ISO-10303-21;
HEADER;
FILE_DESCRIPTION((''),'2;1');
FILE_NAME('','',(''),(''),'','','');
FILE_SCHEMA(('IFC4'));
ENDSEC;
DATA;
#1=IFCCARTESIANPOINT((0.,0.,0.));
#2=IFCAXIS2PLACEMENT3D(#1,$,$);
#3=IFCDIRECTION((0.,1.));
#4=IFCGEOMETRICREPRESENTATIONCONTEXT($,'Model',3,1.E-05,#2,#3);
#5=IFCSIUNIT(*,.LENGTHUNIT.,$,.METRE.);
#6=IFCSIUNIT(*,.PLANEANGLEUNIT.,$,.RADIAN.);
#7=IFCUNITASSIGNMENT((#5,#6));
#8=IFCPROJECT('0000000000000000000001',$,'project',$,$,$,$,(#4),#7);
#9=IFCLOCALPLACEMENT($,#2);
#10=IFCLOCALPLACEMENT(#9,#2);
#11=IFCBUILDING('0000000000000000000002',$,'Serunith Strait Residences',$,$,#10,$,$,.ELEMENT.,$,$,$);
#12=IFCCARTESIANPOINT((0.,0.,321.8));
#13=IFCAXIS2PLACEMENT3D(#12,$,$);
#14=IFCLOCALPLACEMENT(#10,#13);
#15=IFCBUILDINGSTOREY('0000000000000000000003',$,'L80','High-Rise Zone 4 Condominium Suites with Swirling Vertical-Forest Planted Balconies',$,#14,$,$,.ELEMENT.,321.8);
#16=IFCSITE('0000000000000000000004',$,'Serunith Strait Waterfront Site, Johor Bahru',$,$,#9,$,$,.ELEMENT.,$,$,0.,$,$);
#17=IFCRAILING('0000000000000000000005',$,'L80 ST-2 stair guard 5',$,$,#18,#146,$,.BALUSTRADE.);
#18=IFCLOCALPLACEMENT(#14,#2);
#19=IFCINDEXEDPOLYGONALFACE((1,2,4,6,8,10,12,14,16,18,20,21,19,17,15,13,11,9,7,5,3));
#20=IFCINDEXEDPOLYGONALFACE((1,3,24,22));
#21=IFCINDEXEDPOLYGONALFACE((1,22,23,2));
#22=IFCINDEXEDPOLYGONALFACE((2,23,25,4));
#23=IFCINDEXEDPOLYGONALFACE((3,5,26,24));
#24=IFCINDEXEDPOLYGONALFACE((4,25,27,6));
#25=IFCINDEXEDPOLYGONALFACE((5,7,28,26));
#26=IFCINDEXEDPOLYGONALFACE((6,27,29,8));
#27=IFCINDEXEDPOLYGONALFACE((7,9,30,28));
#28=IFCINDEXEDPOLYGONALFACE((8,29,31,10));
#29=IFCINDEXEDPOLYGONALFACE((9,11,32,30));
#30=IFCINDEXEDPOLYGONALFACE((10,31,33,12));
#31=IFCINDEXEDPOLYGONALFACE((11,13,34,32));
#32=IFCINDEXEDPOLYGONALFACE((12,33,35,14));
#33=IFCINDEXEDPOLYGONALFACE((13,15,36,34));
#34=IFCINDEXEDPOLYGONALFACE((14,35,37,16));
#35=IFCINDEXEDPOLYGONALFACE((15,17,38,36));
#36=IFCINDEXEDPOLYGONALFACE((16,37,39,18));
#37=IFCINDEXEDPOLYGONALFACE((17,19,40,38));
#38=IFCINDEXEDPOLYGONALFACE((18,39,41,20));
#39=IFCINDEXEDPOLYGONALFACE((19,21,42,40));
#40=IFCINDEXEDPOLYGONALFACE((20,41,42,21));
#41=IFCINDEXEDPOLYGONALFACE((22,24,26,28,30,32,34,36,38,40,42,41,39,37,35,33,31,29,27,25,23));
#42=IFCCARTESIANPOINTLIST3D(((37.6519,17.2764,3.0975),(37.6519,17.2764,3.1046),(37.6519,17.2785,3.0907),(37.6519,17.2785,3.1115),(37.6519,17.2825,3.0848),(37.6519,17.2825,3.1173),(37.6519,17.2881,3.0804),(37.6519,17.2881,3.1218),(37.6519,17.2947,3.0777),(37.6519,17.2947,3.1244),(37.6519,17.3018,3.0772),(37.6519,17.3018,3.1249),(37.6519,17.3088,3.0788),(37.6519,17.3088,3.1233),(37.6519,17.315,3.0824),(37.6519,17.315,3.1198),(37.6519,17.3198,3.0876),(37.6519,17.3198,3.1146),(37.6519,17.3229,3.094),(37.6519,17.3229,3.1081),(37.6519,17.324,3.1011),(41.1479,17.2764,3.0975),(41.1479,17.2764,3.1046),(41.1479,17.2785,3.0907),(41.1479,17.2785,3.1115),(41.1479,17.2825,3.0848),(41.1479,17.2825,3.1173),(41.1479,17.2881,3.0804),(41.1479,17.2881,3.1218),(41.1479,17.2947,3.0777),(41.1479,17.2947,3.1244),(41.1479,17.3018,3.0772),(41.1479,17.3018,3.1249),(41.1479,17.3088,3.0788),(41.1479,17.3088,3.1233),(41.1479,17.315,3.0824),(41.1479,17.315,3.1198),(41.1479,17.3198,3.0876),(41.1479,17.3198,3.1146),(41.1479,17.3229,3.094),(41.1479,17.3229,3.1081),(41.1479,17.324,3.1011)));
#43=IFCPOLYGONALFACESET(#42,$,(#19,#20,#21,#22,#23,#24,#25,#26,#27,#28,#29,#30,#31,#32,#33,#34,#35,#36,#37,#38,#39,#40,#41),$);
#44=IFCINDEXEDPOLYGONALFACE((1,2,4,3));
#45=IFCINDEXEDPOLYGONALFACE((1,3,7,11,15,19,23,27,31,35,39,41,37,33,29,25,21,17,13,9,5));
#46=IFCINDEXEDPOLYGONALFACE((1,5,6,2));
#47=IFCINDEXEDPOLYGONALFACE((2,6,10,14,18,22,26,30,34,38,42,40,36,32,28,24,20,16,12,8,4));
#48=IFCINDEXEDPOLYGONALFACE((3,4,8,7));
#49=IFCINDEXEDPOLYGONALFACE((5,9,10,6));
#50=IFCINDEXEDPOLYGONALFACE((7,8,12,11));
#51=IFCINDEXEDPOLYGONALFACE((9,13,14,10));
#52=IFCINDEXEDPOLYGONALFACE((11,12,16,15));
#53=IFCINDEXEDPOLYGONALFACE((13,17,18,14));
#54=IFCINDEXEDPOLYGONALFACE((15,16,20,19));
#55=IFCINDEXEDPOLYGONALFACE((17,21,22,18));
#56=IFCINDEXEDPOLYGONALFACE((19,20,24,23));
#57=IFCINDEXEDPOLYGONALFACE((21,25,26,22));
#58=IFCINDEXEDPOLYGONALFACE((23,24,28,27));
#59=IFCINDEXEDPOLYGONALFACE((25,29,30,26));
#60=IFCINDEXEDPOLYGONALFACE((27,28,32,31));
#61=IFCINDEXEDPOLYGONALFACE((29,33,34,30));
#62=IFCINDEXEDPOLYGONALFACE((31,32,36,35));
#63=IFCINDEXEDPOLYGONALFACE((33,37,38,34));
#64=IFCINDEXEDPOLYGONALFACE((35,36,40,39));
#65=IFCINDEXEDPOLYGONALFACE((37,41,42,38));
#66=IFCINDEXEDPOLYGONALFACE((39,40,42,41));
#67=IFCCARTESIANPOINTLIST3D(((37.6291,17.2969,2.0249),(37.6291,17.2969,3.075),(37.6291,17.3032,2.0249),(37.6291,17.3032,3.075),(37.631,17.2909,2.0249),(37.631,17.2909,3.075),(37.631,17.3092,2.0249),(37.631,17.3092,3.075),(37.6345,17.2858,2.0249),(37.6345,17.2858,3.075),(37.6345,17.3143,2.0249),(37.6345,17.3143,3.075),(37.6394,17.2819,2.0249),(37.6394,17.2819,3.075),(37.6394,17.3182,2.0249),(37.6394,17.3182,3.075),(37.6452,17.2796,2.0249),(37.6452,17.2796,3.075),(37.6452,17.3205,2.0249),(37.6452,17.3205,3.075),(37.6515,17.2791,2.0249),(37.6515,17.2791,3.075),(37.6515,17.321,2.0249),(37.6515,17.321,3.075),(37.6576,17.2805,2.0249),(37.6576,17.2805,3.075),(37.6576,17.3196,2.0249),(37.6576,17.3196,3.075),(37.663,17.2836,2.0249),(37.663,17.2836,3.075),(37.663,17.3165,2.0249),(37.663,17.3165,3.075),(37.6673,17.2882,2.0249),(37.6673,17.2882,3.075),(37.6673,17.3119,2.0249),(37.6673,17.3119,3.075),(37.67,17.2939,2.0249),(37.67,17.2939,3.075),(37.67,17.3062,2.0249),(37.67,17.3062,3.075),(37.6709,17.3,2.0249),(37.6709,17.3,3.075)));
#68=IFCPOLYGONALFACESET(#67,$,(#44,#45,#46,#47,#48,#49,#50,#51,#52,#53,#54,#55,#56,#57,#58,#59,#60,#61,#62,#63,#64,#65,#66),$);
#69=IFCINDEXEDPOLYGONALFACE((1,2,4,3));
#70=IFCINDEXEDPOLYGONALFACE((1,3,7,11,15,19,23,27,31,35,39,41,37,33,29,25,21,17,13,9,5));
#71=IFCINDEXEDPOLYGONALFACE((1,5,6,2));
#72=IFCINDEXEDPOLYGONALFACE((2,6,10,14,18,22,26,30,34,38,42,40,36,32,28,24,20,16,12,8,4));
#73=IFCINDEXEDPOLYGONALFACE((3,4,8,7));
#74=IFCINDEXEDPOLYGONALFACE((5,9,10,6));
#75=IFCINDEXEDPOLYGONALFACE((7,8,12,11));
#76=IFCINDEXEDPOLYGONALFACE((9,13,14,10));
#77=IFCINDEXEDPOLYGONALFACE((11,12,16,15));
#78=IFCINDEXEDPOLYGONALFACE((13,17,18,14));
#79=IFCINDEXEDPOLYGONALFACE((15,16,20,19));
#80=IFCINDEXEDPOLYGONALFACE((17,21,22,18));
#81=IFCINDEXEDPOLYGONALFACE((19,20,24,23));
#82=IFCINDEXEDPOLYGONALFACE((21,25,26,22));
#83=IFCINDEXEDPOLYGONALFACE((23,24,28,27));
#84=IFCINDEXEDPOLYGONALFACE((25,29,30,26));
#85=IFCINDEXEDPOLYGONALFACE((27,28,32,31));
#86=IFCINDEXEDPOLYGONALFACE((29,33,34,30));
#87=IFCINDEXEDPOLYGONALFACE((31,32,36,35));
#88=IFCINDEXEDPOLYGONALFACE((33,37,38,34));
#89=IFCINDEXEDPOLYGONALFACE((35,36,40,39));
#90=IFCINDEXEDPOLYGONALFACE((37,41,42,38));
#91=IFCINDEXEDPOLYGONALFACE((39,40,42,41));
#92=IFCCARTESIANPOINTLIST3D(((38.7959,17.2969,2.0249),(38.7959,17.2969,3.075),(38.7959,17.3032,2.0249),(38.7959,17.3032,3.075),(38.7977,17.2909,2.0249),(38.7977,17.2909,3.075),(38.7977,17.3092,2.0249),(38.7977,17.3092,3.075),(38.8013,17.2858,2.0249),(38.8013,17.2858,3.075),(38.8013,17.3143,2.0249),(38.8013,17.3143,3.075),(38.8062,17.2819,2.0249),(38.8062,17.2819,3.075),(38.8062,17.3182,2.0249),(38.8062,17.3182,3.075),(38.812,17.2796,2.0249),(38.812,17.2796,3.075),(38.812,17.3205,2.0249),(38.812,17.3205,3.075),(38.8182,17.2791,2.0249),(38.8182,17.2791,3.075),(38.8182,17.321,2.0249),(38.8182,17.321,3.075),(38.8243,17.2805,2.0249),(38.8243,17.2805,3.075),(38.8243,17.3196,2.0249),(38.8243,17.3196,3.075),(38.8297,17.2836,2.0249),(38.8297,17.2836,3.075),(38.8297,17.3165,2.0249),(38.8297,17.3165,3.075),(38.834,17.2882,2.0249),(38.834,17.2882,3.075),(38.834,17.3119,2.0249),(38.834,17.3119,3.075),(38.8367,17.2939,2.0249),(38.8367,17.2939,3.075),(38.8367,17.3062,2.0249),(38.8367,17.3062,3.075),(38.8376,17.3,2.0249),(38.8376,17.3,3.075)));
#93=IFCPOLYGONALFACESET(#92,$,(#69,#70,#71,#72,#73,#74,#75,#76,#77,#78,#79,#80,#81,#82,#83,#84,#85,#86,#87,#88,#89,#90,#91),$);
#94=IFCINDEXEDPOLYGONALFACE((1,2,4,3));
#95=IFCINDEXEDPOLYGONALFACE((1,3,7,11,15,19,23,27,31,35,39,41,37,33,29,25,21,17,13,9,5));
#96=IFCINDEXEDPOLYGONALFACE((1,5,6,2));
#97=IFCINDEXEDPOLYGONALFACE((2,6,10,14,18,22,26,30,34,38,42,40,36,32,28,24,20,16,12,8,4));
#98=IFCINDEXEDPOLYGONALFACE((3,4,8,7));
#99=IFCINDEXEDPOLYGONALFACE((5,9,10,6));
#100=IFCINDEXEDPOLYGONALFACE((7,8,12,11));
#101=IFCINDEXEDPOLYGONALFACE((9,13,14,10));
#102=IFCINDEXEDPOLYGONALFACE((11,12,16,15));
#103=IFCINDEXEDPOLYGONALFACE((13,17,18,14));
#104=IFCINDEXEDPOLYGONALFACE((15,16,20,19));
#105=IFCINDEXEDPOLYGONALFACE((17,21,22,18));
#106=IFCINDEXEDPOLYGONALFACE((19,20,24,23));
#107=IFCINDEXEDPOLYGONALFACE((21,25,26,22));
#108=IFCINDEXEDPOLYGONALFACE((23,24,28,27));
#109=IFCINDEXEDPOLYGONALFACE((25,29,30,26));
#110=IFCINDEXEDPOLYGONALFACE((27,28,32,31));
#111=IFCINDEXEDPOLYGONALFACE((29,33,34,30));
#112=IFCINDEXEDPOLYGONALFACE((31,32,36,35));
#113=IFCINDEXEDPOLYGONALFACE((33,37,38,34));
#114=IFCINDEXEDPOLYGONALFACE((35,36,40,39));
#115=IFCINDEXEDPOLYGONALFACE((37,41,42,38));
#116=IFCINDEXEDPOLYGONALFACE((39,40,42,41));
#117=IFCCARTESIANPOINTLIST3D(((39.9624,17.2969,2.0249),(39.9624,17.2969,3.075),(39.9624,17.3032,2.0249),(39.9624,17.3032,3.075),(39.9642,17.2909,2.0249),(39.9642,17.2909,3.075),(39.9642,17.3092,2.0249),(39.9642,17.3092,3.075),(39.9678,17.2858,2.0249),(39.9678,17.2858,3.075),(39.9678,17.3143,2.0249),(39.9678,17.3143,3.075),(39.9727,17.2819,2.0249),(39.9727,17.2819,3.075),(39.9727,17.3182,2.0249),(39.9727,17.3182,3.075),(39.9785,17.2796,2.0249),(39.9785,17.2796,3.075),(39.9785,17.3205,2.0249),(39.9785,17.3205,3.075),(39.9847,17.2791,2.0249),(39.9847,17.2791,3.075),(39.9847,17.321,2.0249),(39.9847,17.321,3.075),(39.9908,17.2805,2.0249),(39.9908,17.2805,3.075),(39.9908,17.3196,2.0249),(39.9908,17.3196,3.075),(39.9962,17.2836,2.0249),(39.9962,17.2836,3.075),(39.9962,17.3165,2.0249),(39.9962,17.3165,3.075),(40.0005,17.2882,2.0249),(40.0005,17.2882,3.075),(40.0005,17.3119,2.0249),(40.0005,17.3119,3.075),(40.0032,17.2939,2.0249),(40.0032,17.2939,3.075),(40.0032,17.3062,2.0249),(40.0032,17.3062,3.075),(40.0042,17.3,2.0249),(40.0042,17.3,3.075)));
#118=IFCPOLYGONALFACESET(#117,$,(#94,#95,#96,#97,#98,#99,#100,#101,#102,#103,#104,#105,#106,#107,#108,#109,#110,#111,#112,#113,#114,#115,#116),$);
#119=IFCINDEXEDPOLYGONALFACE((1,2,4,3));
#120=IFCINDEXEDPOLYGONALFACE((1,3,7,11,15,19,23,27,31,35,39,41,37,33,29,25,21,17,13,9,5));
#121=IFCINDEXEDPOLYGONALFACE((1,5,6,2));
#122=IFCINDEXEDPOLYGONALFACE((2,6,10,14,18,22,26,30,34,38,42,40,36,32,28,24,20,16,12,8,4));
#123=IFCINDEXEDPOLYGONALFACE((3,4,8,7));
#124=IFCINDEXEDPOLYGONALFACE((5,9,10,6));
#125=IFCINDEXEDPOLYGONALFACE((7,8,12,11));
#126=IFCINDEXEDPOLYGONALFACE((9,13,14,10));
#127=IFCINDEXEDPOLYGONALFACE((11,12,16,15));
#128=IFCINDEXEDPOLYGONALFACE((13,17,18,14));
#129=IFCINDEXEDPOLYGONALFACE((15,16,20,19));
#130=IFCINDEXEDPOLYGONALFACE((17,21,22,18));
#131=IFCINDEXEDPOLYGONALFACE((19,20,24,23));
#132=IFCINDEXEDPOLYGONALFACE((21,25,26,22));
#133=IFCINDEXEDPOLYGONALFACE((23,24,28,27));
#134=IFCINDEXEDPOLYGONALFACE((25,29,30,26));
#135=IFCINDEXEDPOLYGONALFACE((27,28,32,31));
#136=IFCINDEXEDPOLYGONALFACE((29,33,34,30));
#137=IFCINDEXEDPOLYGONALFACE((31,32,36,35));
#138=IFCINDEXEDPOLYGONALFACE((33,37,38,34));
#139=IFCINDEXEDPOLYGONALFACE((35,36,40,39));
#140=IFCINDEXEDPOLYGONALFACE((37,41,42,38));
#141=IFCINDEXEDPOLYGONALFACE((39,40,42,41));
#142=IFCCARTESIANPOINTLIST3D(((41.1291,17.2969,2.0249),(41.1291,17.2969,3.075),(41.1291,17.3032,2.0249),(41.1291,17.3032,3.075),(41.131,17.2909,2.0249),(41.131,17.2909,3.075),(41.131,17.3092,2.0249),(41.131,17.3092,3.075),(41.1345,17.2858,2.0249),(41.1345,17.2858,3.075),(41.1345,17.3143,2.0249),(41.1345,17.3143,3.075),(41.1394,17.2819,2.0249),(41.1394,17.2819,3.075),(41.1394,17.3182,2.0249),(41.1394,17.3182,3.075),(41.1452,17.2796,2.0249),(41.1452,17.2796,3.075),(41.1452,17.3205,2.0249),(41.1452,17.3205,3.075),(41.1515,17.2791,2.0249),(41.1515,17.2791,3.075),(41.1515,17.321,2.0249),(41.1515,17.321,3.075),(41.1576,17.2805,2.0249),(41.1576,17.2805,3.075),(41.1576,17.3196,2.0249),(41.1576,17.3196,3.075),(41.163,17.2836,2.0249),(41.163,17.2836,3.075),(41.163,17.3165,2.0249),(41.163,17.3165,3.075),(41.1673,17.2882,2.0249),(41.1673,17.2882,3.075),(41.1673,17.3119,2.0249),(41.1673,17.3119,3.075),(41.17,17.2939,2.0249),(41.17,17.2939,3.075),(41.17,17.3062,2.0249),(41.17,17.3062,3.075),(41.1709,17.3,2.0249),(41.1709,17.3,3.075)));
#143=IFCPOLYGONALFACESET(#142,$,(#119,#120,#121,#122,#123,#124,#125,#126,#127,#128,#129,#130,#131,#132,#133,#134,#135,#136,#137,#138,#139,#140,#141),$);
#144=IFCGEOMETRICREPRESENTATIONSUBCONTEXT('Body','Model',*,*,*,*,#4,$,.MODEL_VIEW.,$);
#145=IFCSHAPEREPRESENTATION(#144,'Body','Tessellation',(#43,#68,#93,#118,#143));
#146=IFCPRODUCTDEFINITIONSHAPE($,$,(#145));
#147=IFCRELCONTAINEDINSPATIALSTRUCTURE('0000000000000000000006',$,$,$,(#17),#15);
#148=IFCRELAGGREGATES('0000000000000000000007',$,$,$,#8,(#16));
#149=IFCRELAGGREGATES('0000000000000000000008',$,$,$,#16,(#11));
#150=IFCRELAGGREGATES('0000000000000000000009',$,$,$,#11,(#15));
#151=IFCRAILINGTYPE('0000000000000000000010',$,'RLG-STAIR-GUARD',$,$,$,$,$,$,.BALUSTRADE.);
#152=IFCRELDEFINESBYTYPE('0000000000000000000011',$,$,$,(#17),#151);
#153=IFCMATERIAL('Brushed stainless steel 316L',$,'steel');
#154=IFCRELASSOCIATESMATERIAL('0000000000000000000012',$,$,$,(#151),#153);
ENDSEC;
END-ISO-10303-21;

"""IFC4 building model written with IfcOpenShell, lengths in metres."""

from ifc_helpers import new_model, si_unit, direction, frame, origin, origin_2d, place, context, subcontext, project, spatial, circle, extrude, material, type_object, element, save


model = new_model("IFC4")

# Units and contexts
model_context = context("Model", 3, precision=1e-05, world=origin(), true_north=direction((0.0, 1.0)))
body_context = subcontext(model_context, "Body", "Model", "MODEL_VIEW")
ifc_project = project(units=[si_unit("LENGTHUNIT", "METRE"), si_unit("PLANEANGLEUNIT", "RADIAN")], contexts=[model_context])

# Site, building, storey
site_placement = place(None, origin())
site = spatial("IfcSite", under=ifc_project, at=site_placement, Name="Serunith Strait Waterfront Site, Johor Bahru", CompositionType="ELEMENT", RefElevation=0.0)
building_placement = place(site_placement, origin())
building = spatial("IfcBuilding", under=site, at=building_placement, Name="Serunith Strait Residences", CompositionType="ELEMENT")
storey_placement = place(building_placement, frame((0.0, 0.0, 321.8)))
storey = spatial("IfcBuildingStorey", under=building, at=storey_placement, Name="L80", Description="High-Rise Zone 4 Condominium Suites with Swirling Vertical-Forest Planted Balconies", CompositionType="ELEMENT", Elevation=321.8)

# Railing
ifc_material_1 = material(Name="Brushed stainless steel 316L", Category="steel")
railing_type_1 = type_object("IfcRailingType", Name="RLG-STAIR-GUARD", PredefinedType="BALUSTRADE", material=ifc_material_1)
railing_1_placement = place(storey_placement, frame((37.6499, 17.3, 2.0249)))
element("IfcRailing", 1, at=railing_1_placement, inside=storey, type_object=railing_type_1, Name="L80 ST-2 stair guard 5", PredefinedType="BALUSTRADE", context=body_context, shape_type="SweptSolid", body=[
    extrude(circle(Radius=0.0239, at=origin_2d()), frame((0.002, 0.0, 1.0762), z_axis=(1.0, 0.0, 0.0), x_axis=(0.0, 1.0, 0.0)), (0.0, 0.0, 1.0), 3.4961),
    extrude(circle(Radius=0.021, at=origin_2d()), origin(), (0.0, 0.0, 1.0), 1.05),
    extrude(circle(Radius=0.021, at=origin_2d()), frame((1.1667, 0.0, 0.0)), (0.0, 0.0, 1.0), 1.05),
    extrude(circle(Radius=0.021, at=origin_2d()), frame((2.3333, 0.0, 0.0)), (0.0, 0.0, 1.0), 1.05),
    extrude(circle(Radius=0.021, at=origin_2d()), frame((3.5, 0.0, 0.0)), (0.0, 0.0, 1.0), 1.05),
])

save(model, "model.ifc")
